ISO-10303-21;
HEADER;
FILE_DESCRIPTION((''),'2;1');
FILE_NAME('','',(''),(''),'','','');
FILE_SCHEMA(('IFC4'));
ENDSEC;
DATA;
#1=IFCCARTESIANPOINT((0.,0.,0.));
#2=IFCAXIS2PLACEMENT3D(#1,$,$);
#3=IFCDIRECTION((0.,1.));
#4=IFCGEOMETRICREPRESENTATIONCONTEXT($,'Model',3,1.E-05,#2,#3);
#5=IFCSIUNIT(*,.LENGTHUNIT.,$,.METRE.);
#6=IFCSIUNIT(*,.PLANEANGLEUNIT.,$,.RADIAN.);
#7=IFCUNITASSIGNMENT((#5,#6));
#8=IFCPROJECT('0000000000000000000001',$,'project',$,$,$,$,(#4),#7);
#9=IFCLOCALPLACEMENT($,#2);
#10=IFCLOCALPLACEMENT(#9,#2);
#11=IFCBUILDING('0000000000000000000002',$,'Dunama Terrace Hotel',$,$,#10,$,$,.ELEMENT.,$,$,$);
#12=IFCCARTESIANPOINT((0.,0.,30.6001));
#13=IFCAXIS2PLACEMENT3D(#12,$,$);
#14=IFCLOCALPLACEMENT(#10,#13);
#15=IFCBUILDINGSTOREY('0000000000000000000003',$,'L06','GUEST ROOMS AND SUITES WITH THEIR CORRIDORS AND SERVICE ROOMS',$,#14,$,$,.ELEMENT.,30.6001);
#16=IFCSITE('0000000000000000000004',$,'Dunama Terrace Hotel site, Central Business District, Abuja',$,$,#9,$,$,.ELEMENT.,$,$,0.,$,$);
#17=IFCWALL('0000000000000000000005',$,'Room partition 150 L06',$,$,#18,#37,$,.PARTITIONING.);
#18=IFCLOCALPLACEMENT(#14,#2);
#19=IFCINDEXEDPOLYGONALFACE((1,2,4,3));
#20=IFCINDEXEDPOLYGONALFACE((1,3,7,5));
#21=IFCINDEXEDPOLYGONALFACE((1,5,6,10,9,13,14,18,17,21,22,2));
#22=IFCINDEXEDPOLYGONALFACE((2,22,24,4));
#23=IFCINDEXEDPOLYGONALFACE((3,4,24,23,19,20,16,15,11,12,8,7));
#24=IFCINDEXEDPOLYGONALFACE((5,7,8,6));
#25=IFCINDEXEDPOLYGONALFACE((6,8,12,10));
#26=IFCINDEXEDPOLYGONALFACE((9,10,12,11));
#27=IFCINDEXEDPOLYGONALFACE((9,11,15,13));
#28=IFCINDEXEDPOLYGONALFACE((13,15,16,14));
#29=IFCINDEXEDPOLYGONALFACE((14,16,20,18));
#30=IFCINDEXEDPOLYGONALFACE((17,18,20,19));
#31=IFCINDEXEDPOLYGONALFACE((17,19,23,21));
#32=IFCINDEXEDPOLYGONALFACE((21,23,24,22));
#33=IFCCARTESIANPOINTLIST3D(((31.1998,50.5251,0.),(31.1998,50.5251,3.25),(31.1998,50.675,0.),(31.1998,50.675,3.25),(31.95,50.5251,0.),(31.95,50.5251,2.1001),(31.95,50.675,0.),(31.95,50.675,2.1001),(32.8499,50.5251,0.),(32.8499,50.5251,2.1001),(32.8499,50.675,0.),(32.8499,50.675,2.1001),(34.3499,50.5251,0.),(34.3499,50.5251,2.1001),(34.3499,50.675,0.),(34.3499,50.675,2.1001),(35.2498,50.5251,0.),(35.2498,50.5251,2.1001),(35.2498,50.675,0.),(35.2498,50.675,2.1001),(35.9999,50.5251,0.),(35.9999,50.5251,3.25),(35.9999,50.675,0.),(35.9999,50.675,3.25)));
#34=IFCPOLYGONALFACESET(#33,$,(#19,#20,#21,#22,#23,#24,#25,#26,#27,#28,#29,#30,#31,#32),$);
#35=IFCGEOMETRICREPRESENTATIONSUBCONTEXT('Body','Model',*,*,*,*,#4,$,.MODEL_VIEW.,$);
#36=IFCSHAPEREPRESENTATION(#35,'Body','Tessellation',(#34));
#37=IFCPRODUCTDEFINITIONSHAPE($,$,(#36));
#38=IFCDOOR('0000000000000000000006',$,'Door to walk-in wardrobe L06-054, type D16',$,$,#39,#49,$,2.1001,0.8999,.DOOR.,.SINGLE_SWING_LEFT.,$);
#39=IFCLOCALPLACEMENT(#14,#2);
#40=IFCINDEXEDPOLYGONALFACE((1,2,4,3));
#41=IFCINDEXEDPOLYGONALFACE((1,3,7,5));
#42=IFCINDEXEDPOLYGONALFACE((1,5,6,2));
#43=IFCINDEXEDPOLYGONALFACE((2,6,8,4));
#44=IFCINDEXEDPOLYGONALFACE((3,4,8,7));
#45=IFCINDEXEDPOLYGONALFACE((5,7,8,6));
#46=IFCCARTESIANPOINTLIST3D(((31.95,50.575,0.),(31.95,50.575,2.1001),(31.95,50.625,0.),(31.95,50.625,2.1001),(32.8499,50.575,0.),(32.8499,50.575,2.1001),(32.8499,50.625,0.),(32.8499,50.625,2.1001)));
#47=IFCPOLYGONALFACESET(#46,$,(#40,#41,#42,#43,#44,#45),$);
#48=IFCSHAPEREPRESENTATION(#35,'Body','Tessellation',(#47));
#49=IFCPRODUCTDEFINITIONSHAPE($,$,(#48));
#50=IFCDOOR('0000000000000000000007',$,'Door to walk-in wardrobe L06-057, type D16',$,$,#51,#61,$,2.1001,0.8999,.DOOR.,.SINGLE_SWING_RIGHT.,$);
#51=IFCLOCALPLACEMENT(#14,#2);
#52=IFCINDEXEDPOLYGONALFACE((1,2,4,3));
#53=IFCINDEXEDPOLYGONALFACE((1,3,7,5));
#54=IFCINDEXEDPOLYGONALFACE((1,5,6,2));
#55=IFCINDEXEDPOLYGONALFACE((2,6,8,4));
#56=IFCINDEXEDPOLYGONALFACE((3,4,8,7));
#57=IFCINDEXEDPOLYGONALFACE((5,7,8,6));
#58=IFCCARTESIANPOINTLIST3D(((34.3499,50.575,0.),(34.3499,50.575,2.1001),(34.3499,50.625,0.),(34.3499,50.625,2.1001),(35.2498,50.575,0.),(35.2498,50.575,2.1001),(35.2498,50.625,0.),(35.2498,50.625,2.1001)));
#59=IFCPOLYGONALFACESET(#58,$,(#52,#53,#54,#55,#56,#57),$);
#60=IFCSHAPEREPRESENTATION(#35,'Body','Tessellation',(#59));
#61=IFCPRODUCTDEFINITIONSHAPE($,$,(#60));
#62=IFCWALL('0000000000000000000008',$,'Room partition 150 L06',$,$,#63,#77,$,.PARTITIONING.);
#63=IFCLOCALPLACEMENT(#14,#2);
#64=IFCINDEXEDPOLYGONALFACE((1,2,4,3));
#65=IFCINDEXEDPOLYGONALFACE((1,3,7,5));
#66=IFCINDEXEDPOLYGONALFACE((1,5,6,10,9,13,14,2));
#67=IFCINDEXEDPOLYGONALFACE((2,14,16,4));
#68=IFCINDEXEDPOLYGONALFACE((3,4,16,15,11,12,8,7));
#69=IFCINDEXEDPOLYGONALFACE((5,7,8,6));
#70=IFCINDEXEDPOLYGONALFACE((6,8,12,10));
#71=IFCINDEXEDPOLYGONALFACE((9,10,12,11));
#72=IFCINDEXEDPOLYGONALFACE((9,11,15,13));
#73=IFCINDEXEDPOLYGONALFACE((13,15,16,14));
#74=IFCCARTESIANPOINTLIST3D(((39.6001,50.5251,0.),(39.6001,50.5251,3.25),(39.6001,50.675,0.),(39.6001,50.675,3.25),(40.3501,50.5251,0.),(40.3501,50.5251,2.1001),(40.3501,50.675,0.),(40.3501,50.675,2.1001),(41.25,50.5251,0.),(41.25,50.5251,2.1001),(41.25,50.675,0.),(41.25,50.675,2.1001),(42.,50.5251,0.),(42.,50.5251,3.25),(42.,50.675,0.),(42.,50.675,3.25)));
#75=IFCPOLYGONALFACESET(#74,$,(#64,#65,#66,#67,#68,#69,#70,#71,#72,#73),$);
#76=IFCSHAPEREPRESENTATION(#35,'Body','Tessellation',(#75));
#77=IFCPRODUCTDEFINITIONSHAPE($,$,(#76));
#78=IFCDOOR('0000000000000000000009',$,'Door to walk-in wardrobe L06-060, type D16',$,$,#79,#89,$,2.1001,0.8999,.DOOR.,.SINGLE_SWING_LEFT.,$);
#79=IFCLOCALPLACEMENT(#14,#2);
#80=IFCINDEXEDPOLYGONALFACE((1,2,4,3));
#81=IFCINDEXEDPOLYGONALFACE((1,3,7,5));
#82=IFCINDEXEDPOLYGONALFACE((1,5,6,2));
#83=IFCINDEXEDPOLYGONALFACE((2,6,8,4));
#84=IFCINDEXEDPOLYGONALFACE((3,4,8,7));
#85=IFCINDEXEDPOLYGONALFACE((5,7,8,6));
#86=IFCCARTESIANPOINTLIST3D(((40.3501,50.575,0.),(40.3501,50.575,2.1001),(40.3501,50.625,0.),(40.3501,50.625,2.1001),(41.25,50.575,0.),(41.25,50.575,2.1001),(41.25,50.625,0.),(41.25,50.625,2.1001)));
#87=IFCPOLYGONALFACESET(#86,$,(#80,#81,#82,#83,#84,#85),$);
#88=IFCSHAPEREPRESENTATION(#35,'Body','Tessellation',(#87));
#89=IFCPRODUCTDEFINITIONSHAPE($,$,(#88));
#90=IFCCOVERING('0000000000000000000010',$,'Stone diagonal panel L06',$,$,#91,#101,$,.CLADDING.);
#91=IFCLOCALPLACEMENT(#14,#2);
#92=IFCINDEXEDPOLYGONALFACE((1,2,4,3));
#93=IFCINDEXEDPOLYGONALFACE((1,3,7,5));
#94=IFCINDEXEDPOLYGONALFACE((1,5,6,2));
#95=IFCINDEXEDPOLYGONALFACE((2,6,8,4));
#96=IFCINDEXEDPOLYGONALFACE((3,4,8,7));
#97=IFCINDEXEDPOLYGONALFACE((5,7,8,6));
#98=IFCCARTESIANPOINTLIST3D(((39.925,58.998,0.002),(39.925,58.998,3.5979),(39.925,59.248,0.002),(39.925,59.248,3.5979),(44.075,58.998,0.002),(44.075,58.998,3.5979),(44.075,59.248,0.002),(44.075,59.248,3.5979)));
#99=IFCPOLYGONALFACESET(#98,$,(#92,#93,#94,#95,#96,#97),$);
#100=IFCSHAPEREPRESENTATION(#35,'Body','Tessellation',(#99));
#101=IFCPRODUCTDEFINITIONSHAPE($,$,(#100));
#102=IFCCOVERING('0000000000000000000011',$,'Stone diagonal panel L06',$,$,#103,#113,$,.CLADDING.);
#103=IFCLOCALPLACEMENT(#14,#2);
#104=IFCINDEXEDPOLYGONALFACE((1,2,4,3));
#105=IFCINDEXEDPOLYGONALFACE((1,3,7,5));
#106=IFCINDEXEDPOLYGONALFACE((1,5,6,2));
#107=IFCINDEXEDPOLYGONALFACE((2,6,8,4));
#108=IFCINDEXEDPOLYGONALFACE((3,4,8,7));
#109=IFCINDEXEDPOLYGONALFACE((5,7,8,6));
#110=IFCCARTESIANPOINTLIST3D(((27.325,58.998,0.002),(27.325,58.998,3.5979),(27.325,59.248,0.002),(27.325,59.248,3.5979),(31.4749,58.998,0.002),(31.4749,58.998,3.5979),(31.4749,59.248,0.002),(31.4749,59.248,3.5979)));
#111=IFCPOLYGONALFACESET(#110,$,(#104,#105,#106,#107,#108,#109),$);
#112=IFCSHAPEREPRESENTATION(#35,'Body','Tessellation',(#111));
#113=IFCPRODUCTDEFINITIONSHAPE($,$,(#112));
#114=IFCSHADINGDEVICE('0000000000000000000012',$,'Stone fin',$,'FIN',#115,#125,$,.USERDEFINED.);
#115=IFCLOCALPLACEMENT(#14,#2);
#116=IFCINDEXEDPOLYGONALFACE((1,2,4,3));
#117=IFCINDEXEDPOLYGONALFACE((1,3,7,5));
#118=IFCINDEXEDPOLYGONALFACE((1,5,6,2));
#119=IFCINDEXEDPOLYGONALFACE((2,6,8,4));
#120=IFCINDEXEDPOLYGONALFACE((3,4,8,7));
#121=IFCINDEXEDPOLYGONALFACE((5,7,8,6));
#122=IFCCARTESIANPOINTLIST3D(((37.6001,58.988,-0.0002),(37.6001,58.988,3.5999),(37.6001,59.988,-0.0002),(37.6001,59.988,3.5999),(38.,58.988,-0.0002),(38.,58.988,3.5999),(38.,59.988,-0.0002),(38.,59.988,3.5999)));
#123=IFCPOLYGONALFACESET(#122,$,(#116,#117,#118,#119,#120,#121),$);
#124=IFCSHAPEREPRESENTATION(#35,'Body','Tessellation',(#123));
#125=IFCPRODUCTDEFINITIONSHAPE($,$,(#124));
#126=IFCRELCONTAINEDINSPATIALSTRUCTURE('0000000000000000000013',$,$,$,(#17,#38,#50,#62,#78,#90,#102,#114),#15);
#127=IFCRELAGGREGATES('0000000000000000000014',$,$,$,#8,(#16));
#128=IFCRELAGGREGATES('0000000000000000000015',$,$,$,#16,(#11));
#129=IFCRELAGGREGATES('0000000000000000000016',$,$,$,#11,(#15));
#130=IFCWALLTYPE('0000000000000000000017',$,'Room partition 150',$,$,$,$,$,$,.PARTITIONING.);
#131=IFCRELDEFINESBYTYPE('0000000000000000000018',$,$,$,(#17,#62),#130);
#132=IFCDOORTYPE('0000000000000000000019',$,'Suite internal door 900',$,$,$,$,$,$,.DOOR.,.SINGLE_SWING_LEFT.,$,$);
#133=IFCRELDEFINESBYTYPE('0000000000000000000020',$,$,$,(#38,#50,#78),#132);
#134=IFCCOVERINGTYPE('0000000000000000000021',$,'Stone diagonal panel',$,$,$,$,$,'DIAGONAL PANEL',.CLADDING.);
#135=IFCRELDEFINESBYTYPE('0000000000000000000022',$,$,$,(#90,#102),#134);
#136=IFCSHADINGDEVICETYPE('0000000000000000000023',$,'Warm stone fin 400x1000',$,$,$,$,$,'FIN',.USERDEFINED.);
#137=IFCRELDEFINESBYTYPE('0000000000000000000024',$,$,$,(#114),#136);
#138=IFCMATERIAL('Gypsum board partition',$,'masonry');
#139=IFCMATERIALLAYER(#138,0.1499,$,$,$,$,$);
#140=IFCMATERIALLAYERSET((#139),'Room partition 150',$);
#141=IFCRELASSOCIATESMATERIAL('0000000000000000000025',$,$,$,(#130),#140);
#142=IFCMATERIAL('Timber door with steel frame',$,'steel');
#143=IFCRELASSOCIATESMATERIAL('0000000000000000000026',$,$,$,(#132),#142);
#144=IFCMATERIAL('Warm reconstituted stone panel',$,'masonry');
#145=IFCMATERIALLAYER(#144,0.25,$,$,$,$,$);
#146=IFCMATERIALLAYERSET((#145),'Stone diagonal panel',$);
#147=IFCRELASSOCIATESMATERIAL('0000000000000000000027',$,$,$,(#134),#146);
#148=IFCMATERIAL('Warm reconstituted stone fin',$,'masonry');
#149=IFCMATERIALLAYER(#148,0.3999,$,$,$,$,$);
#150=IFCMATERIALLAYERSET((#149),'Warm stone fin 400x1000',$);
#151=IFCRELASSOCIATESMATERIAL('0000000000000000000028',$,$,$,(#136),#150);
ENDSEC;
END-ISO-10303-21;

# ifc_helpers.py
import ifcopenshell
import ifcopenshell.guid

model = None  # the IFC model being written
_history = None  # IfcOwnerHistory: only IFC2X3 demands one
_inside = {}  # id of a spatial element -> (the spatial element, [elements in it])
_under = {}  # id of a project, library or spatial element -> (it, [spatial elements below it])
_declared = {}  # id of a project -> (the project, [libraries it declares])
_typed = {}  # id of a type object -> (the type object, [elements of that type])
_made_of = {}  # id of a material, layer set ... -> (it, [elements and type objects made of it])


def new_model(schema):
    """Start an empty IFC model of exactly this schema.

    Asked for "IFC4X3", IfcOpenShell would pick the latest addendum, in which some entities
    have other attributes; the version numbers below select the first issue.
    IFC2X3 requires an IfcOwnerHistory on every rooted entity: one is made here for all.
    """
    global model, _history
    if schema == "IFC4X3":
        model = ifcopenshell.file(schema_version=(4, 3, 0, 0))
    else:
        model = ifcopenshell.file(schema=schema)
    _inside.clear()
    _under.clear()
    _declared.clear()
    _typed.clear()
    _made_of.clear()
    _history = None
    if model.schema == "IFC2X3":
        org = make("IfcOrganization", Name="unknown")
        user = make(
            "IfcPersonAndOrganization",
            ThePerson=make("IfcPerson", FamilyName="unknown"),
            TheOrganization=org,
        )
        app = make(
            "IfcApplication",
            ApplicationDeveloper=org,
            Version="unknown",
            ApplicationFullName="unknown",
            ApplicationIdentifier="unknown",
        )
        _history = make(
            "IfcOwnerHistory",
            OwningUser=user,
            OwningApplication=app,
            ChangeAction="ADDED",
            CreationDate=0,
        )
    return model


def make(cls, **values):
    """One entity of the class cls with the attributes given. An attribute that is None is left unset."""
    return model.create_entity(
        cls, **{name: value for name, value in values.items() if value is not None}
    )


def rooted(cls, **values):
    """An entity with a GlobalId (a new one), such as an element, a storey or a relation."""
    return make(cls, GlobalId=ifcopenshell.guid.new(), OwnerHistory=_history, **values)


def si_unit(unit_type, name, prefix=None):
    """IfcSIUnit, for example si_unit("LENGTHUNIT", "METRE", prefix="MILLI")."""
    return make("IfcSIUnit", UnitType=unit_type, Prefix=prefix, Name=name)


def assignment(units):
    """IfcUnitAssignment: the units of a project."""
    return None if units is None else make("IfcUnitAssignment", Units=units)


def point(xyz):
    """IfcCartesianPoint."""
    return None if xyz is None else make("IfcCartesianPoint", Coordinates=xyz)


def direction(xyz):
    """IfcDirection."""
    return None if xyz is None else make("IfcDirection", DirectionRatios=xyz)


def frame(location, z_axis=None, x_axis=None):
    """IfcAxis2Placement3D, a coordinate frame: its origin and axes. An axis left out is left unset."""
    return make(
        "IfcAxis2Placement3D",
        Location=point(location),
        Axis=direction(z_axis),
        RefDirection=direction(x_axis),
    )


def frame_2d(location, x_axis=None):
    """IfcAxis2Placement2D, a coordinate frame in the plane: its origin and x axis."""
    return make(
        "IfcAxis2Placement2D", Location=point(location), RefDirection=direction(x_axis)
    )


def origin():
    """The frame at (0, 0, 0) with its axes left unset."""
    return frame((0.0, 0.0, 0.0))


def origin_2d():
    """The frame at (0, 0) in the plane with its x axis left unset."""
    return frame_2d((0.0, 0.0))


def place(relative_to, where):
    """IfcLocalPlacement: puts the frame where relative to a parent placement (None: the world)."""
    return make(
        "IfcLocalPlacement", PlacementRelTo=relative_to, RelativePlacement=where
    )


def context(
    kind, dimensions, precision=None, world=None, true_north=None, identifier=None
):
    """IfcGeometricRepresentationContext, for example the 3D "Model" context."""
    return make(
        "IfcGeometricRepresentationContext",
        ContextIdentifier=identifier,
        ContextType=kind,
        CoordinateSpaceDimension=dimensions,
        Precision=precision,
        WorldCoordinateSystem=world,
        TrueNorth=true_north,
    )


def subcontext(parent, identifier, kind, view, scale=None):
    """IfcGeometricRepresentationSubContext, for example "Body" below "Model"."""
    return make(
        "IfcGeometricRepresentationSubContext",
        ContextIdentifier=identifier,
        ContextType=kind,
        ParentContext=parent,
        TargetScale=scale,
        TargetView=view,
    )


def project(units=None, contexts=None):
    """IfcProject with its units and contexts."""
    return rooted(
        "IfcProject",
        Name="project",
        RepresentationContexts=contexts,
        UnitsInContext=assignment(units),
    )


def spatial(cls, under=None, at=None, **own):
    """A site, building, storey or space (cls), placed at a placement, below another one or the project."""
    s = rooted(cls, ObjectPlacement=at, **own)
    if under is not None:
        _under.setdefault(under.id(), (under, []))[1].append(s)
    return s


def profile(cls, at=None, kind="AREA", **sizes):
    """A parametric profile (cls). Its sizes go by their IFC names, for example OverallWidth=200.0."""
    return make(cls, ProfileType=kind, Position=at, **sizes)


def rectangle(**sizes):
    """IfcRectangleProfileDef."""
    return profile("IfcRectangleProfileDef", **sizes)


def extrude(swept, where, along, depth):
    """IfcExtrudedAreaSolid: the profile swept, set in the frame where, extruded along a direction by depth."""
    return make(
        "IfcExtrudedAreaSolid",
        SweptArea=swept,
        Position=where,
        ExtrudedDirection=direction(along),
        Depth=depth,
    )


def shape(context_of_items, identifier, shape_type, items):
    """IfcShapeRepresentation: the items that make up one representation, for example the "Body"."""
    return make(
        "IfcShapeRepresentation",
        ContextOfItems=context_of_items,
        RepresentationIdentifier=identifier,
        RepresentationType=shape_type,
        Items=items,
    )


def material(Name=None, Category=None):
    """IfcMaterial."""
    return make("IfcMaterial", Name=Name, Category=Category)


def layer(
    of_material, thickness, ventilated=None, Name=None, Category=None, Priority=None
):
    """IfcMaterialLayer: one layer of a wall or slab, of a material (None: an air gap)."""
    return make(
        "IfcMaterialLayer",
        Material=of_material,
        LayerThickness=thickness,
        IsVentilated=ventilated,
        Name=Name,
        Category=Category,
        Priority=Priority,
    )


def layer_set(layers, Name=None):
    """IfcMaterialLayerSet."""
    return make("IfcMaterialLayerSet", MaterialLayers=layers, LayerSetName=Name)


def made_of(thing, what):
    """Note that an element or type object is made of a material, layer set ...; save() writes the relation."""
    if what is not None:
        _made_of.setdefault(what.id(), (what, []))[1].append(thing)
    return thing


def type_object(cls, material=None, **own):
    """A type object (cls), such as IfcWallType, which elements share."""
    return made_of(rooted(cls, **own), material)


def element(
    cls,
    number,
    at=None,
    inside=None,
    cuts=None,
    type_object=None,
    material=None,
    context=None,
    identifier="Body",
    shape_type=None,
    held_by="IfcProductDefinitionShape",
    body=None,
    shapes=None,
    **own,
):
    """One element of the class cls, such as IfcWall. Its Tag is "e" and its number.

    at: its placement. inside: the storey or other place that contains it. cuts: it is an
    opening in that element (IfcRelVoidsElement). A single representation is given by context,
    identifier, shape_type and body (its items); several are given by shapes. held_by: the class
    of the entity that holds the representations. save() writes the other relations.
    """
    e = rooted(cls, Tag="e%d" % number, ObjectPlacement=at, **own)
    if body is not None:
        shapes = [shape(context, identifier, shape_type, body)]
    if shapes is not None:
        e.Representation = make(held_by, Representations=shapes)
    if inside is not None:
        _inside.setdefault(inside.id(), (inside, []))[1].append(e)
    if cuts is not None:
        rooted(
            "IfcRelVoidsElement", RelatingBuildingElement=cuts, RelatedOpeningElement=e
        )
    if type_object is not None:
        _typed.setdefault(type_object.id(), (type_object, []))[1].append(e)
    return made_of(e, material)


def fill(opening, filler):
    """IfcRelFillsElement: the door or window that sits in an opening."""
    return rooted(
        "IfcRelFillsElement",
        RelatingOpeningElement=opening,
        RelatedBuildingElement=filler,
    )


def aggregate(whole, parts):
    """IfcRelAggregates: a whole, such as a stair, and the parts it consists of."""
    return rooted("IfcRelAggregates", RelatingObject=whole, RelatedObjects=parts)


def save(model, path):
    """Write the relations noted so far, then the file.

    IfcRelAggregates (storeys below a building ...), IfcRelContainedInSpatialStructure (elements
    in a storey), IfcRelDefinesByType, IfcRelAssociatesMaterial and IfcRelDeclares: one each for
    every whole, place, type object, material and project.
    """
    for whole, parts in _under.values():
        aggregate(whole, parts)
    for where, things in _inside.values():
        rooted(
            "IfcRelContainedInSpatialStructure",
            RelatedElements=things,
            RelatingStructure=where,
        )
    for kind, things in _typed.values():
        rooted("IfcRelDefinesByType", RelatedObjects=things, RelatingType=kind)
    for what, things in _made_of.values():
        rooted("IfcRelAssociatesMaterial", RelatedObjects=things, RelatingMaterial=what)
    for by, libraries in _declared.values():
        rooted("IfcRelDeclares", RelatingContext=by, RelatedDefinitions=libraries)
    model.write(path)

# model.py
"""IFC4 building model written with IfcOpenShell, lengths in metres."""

from ifc_helpers import new_model, si_unit, direction, frame, frame_2d, origin, origin_2d, place, context, subcontext, project, spatial, rectangle, extrude, material, layer, layer_set, type_object, element, fill, save


model = new_model("IFC4")

# Units and contexts
model_context = context("Model", 3, precision=1e-05, world=origin(), true_north=direction((0.0, 1.0)))
body_context = subcontext(model_context, "Body", "Model", "MODEL_VIEW")
ifc_project = project(units=[si_unit("LENGTHUNIT", "METRE"), si_unit("PLANEANGLEUNIT", "RADIAN")], contexts=[model_context])

# Site, building, storey
site_placement = place(None, origin())
site = spatial("IfcSite", under=ifc_project, at=site_placement, Name="Dunama Terrace Hotel site, Central Business District, Abuja", CompositionType="ELEMENT", RefElevation=0.0)
building_placement = place(site_placement, origin())
building = spatial("IfcBuilding", under=site, at=building_placement, Name="Dunama Terrace Hotel", CompositionType="ELEMENT")
storey_placement = place(building_placement, frame((0.0, 0.0, 30.6001)))
storey = spatial("IfcBuildingStorey", under=building, at=storey_placement, Name="L06", Description="GUEST ROOMS AND SUITES WITH THEIR CORRIDORS AND SERVICE ROOMS", CompositionType="ELEMENT", Elevation=30.6001)

# Shared definitions
ifc_material_1 = material(Name="Gypsum board partition", Category="masonry")
ifc_layer_1 = layer(ifc_material_1, 0.1499)
ifc_layer_set_1 = layer_set([ifc_layer_1], Name="Room partition 150")
wall_type_1 = type_object("IfcWallType", Name="Room partition 150", PredefinedType="PARTITIONING", material=ifc_layer_set_1)

# Wall, openings, doors
wall_1_placement = place(storey_placement, frame((31.2, 50.6001, 0.0), z_axis=(0.0, 0.0, 1.0), x_axis=(1.0, 0.0, 0.0)))
wall_1 = element("IfcWall", 1, at=wall_1_placement, inside=storey, type_object=wall_type_1, Name="Room partition 150 L06", PredefinedType="PARTITIONING", context=body_context, shape_type="SweptSolid", body=[
    extrude(rectangle(XDim=4.8, YDim=0.1499, at=frame_2d((2.3999, 0.0))), origin(), (0.0, 0.0, 1.0), 3.25),
])
opening_1_placement = place(wall_1_placement, frame((0.75, 0.0, 0.0)))
opening_1 = element("IfcOpeningElement", 2, at=opening_1_placement, cuts=wall_1, PredefinedType="OPENING", context=body_context, shape_type="SweptSolid", body=[
    extrude(rectangle(XDim=0.8999, YDim=2.1001, at=frame_2d((0.45, 1.05))), frame((0.0, 0.085, 0.0), z_axis=(0.0, -1.0, 0.0), x_axis=(1.0, 0.0, 0.0)), (0.0, 0.0, 1.0), 0.1699),
])
opening_2_placement = place(wall_1_placement, frame((3.1499, 0.0, 0.0)))
opening_2 = element("IfcOpeningElement", 3, at=opening_2_placement, cuts=wall_1, PredefinedType="OPENING", context=body_context, shape_type="SweptSolid", body=[
    extrude(rectangle(XDim=0.8999, YDim=2.1001, at=frame_2d((0.45, 1.05))), frame((0.0, 0.085, 0.0), z_axis=(0.0, -1.0, 0.0), x_axis=(1.0, 0.0, 0.0)), (0.0, 0.0, 1.0), 0.1699),
])
ifc_material_2 = material(Name="Timber door with steel frame", Category="steel")
door_type_1 = type_object("IfcDoorType", Name="Suite internal door 900", OperationType="SINGLE_SWING_LEFT", PredefinedType="DOOR", material=ifc_material_2)
door_1_placement = place(opening_1_placement, frame((0.8999, 0.0, 0.0), z_axis=(0.0, 0.0, 1.0), x_axis=(-1.0, 0.0, 0.0)))
door_1 = element("IfcDoor", 4, at=door_1_placement, inside=storey, type_object=door_type_1, Name="Door to walk-in wardrobe L06-054, type D16", OperationType="SINGLE_SWING_LEFT", OverallHeight=2.1001, OverallWidth=0.8999, PredefinedType="DOOR", context=body_context, shape_type="SweptSolid", body=[
    extrude(rectangle(XDim=0.8999, YDim=2.1001, at=frame_2d((0.45, 1.05))), frame((0.0, 0.0251, 0.0), z_axis=(0.0, -1.0, 0.0), x_axis=(1.0, 0.0, 0.0)), (0.0, 0.0, 1.0), 0.05),
])
fill(opening_1, door_1)
door_2_placement = place(opening_2_placement, frame((0.8999, 0.0, 0.0), z_axis=(0.0, 0.0, 1.0), x_axis=(-1.0, 0.0, 0.0)))
door_2 = element("IfcDoor", 5, at=door_2_placement, inside=storey, type_object=door_type_1, Name="Door to walk-in wardrobe L06-057, type D16", OperationType="SINGLE_SWING_RIGHT", OverallHeight=2.1001, OverallWidth=0.8999, PredefinedType="DOOR", context=body_context, shape_type="SweptSolid", body=[
    extrude(rectangle(XDim=0.8999, YDim=2.1001, at=frame_2d((0.45, 1.05))), frame((0.0, 0.0251, 0.0), z_axis=(0.0, -1.0, 0.0), x_axis=(1.0, 0.0, 0.0)), (0.0, 0.0, 1.0), 0.05),
])
fill(opening_2, door_2)

# Wall, opening, door
wall_2_placement = place(storey_placement, frame((39.6001, 50.6001, 0.0), z_axis=(0.0, 0.0, 1.0), x_axis=(1.0, 0.0, 0.0)))
wall_2 = element("IfcWall", 6, at=wall_2_placement, inside=storey, type_object=wall_type_1, Name="Room partition 150 L06", PredefinedType="PARTITIONING", context=body_context, shape_type="SweptSolid", body=[
    extrude(rectangle(XDim=2.3999, YDim=0.1499, at=frame_2d((1.2, 0.0))), origin(), (0.0, 0.0, 1.0), 3.25),
])
opening_3_placement = place(wall_2_placement, frame((0.75, 0.0, 0.0)))
opening_3 = element("IfcOpeningElement", 7, at=opening_3_placement, cuts=wall_2, PredefinedType="OPENING", context=body_context, shape_type="SweptSolid", body=[
    extrude(rectangle(XDim=0.8999, YDim=2.1001, at=frame_2d((0.45, 1.05))), frame((0.0, 0.085, 0.0), z_axis=(0.0, -1.0, 0.0), x_axis=(1.0, 0.0, 0.0)), (0.0, 0.0, 1.0), 0.1699),
])
door_3_placement = place(opening_3_placement, frame((0.8999, 0.0, 0.0), z_axis=(0.0, 0.0, 1.0), x_axis=(-1.0, 0.0, 0.0)))
door_3 = element("IfcDoor", 8, at=door_3_placement, inside=storey, type_object=door_type_1, Name="Door to walk-in wardrobe L06-060, type D16", OperationType="SINGLE_SWING_LEFT", OverallHeight=2.1001, OverallWidth=0.8999, PredefinedType="DOOR", context=body_context, shape_type="SweptSolid", body=[
    extrude(rectangle(XDim=0.8999, YDim=2.1001, at=frame_2d((0.45, 1.05))), frame((0.0, 0.0251, 0.0), z_axis=(0.0, -1.0, 0.0), x_axis=(1.0, 0.0, 0.0)), (0.0, 0.0, 1.0), 0.05),
])
fill(opening_3, door_3)

# Coverings
ifc_material_3 = material(Name="Warm reconstituted stone panel", Category="masonry")
ifc_layer_2 = layer(ifc_material_3, 0.25)
ifc_layer_set_2 = layer_set([ifc_layer_2], Name="Stone diagonal panel")
covering_type = type_object("IfcCoveringType", Name="Stone diagonal panel", ElementType="DIAGONAL PANEL", PredefinedType="CLADDING", material=ifc_layer_set_2)
for number, where, z_axis, x_axis, name in (
    (9, (42.0, 59.123, 0.002), (0.0, 0.0, 1.0), (-1.0, 0.0, 0.0), "Stone diagonal panel L06"),
    (10, (29.3999, 59.123, 0.002), (0.0, 0.0, 1.0), (-1.0, 0.0, 0.0), "Stone diagonal panel L06"),
):
    element("IfcCovering", number, at=place(storey_placement, frame(where, z_axis=z_axis, x_axis=x_axis)), inside=storey, type_object=covering_type, Name=name, PredefinedType="CLADDING", context=body_context, shape_type="SweptSolid", body=[
        extrude(rectangle(XDim=4.1499, YDim=0.25, at=origin_2d()), origin(), (0.0, 0.0, 1.0), 3.5959),
    ])

# Shading device
ifc_material_4 = material(Name="Warm reconstituted stone fin", Category="masonry")
ifc_layer_3 = layer(ifc_material_4, 0.3999)
ifc_layer_set_3 = layer_set([ifc_layer_3], Name="Warm stone fin 400x1000")
shading_device_type = type_object("IfcShadingDeviceType", Name="Warm stone fin 400x1000", ElementType="FIN", PredefinedType="USERDEFINED", material=ifc_layer_set_3)
shading_device_placement = place(storey_placement, frame((37.8, 59.488, -0.0002), z_axis=(0.0, 0.0, 1.0), x_axis=(-1.0, 0.0, 0.0)))
element("IfcShadingDevice", 11, at=shading_device_placement, inside=storey, type_object=shading_device_type, Name="Stone fin", ObjectType="FIN", PredefinedType="USERDEFINED", context=body_context, shape_type="SweptSolid", body=[
    extrude(rectangle(XDim=0.3999, YDim=1.0, at=origin_2d()), origin(), (0.0, 0.0, 1.0), 3.6001),
])

save(model, "model.ifc")
